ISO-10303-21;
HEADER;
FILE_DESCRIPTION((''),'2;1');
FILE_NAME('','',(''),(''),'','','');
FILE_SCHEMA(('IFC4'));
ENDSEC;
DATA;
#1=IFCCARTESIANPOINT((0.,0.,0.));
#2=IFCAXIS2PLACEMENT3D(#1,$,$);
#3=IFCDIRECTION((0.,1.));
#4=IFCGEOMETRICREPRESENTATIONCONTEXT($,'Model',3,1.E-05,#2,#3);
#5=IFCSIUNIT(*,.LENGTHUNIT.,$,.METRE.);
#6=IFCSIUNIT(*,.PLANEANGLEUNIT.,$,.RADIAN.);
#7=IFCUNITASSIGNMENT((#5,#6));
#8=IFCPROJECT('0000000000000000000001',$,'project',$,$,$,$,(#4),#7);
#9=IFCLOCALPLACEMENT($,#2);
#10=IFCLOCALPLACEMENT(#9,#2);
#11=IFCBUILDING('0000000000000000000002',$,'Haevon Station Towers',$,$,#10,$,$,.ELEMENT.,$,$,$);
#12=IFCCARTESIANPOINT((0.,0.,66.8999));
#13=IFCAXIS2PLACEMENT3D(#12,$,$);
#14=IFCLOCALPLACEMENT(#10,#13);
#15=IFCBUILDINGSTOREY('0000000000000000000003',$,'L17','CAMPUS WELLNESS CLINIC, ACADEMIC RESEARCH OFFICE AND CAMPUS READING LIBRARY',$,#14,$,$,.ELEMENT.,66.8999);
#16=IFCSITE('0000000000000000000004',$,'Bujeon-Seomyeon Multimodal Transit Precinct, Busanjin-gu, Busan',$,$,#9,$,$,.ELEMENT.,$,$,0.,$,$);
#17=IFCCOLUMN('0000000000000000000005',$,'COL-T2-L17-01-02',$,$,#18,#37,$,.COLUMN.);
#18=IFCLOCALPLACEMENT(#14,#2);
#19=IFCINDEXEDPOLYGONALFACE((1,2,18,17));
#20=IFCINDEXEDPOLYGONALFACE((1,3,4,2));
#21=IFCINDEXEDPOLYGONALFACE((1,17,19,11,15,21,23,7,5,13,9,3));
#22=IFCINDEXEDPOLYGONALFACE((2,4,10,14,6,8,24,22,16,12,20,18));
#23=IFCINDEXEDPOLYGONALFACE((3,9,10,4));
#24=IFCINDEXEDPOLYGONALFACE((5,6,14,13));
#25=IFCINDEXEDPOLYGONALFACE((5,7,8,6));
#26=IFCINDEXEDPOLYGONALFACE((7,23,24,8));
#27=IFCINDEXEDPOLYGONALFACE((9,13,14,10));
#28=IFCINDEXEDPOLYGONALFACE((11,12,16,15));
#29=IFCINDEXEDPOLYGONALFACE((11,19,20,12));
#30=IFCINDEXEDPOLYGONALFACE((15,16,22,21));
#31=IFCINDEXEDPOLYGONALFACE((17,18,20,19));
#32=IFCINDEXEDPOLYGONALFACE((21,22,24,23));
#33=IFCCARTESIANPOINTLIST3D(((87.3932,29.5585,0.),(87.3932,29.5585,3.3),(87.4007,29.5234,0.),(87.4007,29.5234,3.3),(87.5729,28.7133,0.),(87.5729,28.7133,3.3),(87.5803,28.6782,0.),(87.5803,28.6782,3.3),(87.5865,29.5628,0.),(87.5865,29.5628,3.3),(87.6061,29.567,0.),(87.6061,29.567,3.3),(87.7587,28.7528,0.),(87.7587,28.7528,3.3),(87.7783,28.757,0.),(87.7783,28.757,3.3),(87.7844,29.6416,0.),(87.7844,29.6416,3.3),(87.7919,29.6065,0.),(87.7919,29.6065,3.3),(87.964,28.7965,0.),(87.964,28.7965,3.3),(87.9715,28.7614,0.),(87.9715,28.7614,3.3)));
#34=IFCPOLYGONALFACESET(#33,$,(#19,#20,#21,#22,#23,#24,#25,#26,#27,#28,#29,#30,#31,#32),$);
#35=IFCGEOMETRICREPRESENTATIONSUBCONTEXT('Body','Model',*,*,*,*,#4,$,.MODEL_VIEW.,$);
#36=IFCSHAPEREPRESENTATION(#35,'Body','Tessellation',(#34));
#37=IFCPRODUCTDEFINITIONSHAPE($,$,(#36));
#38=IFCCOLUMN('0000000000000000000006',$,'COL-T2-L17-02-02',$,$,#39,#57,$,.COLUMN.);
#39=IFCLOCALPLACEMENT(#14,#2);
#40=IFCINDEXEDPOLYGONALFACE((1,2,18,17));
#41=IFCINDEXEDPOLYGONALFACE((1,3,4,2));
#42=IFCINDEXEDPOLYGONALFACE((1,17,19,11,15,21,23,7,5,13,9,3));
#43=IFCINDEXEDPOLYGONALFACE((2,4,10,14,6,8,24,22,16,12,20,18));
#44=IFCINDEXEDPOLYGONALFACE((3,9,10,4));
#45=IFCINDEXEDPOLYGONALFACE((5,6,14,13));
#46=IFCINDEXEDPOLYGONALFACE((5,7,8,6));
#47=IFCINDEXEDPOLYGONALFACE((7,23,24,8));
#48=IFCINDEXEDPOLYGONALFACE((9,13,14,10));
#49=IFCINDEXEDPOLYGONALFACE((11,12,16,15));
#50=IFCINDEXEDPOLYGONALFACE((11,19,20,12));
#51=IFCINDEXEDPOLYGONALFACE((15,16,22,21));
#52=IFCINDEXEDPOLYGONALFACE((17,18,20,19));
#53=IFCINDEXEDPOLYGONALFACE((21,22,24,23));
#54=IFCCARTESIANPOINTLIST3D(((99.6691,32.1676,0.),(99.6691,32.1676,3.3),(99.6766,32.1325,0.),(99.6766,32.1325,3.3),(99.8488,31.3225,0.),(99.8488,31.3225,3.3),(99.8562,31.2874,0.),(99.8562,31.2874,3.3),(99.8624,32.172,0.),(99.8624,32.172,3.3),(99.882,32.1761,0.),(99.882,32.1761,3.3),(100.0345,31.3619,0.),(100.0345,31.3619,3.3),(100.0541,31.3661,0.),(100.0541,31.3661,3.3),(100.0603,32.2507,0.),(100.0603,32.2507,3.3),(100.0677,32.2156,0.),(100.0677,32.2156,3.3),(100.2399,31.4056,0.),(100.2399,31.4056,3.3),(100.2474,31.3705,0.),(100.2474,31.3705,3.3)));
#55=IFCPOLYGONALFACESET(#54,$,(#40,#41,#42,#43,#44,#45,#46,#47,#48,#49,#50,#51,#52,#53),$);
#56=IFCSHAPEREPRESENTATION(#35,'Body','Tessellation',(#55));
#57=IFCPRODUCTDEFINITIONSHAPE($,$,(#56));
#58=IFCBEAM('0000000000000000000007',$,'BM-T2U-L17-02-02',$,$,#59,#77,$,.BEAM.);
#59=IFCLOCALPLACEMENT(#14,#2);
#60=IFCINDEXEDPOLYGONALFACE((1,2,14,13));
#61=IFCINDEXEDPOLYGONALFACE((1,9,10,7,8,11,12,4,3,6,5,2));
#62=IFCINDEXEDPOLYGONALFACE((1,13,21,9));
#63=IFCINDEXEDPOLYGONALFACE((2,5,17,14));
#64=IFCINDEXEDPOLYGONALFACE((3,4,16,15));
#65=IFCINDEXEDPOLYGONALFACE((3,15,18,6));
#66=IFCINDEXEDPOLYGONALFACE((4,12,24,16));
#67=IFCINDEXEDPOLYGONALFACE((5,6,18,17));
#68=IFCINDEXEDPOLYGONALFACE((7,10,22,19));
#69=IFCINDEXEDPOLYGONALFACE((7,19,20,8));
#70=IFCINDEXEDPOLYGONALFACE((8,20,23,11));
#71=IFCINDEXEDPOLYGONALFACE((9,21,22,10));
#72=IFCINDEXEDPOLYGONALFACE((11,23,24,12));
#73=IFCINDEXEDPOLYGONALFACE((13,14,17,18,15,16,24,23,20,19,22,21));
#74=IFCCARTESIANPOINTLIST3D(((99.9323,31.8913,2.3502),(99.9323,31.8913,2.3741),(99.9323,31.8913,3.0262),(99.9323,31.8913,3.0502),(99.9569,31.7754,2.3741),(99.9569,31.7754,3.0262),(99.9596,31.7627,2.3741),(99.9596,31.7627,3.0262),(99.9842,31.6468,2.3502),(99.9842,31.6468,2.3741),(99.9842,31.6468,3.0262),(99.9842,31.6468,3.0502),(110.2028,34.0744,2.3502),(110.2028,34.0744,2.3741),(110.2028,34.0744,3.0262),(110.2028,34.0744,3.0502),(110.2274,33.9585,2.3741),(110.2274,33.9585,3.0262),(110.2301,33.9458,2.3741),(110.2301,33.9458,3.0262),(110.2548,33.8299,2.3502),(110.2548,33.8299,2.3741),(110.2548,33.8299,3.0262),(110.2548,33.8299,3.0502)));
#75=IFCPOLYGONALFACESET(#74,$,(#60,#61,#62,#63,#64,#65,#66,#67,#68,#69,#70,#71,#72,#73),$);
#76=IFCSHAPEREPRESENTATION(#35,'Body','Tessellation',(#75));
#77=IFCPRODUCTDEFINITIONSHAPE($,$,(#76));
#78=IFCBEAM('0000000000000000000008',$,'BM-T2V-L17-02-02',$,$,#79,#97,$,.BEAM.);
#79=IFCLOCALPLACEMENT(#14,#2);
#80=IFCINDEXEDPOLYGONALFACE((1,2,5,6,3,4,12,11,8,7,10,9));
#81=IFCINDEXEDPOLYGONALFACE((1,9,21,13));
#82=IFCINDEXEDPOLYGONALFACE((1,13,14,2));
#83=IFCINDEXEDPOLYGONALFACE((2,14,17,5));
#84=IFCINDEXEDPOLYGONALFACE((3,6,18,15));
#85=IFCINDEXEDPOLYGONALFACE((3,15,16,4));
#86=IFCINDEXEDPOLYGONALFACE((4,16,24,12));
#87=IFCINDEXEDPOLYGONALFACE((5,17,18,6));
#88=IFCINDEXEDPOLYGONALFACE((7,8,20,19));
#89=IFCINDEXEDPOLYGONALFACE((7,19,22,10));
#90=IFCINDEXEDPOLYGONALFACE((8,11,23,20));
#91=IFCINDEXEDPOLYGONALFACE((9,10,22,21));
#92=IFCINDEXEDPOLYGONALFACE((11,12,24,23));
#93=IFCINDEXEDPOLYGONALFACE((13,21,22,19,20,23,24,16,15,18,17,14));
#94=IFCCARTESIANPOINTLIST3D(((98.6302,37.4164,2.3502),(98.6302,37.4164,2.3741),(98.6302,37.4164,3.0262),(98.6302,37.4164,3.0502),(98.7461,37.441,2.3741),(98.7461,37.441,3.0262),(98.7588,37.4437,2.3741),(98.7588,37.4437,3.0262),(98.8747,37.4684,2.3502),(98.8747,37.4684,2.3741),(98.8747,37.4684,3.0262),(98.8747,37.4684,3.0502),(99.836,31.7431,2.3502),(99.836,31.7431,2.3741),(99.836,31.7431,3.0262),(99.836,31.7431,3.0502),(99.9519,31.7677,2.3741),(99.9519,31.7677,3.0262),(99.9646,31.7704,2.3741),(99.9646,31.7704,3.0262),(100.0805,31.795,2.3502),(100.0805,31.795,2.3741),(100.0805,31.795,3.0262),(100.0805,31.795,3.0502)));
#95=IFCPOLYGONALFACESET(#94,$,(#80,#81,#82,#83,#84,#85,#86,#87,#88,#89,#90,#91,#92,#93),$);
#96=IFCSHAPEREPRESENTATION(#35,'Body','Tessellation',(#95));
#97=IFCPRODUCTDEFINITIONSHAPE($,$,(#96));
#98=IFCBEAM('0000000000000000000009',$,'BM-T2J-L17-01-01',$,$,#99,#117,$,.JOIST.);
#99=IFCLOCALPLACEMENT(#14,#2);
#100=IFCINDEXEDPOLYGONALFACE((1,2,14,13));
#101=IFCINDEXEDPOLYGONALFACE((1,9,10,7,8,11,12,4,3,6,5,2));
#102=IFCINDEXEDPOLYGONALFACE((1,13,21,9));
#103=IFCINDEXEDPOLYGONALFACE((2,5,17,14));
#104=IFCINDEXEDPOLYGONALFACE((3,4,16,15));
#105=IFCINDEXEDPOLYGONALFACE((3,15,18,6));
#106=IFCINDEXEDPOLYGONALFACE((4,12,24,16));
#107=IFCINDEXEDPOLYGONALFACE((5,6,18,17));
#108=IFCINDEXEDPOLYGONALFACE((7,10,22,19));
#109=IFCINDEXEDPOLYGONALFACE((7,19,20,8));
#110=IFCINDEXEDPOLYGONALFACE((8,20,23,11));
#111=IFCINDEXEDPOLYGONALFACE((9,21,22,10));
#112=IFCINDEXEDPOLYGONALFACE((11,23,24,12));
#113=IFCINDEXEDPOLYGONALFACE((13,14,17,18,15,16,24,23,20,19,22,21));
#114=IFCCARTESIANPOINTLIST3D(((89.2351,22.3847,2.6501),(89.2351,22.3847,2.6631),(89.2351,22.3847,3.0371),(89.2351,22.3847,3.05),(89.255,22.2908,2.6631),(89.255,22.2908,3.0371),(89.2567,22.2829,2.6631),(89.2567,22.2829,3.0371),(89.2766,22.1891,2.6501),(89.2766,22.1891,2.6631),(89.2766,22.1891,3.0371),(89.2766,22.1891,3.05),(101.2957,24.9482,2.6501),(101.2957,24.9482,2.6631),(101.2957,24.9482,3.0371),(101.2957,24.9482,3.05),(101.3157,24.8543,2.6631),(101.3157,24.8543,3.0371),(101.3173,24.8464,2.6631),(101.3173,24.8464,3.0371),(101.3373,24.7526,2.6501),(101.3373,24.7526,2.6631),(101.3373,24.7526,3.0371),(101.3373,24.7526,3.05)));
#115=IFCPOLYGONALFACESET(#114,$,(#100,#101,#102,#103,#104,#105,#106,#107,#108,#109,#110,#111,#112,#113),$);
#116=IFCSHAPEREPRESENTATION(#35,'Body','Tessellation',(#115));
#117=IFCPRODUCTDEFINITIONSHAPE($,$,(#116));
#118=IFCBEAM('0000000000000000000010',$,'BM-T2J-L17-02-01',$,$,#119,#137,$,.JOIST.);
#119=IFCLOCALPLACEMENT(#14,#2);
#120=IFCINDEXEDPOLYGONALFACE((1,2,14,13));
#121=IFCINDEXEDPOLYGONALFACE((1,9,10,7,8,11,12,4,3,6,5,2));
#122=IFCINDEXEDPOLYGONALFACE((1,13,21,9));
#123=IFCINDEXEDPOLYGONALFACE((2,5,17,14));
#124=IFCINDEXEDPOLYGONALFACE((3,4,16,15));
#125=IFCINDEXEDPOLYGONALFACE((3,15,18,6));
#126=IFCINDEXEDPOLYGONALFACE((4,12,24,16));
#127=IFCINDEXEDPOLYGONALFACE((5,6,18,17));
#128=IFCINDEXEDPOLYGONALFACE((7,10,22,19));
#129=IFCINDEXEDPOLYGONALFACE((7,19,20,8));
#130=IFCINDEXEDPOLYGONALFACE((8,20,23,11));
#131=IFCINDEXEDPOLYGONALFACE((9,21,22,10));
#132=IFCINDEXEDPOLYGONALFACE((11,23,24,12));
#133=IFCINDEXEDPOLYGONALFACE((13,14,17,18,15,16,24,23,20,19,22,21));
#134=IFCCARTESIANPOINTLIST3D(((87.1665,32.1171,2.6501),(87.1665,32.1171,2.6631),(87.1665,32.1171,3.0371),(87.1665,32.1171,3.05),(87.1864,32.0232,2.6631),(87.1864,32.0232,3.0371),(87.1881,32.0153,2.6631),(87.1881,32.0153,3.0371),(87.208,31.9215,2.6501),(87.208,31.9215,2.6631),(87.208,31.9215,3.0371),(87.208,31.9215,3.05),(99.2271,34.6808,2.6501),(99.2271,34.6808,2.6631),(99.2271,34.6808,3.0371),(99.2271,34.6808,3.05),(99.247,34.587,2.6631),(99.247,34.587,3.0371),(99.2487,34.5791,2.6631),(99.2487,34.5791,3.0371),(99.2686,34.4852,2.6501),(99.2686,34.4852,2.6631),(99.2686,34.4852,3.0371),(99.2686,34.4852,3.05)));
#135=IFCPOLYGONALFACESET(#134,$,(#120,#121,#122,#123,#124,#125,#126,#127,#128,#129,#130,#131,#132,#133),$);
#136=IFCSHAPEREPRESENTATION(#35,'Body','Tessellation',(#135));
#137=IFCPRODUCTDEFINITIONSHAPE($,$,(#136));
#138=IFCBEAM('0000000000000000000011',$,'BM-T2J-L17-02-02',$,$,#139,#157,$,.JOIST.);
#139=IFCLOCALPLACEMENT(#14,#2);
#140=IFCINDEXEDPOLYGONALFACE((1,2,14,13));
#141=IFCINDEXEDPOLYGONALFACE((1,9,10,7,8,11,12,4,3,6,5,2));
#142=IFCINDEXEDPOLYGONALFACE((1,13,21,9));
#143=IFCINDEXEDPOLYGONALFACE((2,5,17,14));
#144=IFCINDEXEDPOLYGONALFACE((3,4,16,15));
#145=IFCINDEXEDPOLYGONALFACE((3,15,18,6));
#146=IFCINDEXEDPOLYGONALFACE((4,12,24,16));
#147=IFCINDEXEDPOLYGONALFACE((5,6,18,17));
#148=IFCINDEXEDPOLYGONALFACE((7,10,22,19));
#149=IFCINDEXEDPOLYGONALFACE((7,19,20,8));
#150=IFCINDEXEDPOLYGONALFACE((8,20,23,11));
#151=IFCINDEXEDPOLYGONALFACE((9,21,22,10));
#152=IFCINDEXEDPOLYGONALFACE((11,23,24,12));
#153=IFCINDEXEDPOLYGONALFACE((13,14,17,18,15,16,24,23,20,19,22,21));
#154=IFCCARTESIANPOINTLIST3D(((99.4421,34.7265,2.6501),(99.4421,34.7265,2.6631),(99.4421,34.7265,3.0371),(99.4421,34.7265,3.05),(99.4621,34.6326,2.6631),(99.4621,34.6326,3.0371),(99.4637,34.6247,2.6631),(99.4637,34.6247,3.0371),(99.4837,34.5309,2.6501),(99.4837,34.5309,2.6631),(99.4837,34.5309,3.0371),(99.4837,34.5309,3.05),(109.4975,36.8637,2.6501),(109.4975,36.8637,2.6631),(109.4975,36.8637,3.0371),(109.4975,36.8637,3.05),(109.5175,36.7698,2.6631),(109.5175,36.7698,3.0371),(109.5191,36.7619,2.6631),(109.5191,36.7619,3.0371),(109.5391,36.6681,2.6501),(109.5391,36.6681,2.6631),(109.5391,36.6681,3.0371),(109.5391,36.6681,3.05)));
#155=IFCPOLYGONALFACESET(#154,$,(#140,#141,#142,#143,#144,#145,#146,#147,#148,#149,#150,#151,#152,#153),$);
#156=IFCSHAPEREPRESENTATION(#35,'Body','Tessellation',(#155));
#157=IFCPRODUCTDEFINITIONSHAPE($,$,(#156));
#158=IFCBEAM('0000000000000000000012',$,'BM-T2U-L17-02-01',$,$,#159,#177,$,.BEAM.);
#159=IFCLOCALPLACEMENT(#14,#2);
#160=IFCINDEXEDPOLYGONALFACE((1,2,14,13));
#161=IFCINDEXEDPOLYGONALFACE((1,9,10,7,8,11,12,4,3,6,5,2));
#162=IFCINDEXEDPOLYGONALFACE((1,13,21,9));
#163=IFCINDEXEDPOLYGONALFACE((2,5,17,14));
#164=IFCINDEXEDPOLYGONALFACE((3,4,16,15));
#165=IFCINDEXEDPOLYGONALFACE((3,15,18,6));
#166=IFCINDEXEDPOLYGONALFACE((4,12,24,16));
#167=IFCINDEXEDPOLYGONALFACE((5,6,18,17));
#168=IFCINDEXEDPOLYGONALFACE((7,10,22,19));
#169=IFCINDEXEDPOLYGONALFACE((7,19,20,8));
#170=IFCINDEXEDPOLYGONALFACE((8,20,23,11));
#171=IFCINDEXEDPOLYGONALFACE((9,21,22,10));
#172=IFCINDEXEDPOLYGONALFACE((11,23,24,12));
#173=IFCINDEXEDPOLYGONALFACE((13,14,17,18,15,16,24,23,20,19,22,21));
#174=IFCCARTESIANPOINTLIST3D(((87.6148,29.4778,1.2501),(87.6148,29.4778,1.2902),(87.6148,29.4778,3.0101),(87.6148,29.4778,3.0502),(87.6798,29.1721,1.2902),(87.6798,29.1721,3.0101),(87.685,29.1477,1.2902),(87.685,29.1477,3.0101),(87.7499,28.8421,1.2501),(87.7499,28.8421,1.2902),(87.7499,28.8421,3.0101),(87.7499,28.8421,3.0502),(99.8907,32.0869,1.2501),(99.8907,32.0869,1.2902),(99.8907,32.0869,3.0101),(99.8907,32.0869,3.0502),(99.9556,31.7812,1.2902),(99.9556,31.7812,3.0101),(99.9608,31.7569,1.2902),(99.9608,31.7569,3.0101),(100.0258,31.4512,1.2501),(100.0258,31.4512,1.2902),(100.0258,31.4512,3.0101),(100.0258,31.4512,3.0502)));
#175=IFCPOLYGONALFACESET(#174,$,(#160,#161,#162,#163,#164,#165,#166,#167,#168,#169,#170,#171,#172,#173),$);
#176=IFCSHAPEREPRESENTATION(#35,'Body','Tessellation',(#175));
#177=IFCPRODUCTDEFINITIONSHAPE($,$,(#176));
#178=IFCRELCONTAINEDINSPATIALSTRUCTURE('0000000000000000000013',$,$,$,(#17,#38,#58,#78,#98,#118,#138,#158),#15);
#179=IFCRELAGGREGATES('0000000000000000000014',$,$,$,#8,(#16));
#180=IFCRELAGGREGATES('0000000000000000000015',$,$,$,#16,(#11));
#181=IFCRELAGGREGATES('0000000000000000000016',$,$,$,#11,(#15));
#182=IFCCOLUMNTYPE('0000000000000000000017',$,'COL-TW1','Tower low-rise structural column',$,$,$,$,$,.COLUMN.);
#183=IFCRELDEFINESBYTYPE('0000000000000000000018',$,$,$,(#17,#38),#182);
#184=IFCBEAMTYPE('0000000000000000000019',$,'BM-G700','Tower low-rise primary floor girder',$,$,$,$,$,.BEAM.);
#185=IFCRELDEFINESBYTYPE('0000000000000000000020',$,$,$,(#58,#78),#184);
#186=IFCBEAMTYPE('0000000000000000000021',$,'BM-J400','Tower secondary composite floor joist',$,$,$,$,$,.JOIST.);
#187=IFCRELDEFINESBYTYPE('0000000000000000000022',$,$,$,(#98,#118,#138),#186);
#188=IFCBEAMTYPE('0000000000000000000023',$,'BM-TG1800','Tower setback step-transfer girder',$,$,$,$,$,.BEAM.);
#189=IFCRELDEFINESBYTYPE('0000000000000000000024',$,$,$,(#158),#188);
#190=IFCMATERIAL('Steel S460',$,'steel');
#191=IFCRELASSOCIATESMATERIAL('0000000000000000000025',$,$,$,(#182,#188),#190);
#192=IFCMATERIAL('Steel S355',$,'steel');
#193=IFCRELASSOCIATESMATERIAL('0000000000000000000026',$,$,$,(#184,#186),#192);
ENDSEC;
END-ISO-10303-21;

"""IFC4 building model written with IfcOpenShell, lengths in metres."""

from ifc_helpers import new_model, si_unit, direction, frame, origin, origin_2d, place, context, subcontext, project, spatial, i_section, extrude, material, material_profile, profile_set, type_object, element, save


model = new_model("IFC4")

# Units and contexts
model_context = context("Model", 3, precision=1e-05, world=origin(), true_north=direction((0.0, 1.0)))
body_context = subcontext(model_context, "Body", "Model", "MODEL_VIEW")
ifc_project = project(units=[si_unit("LENGTHUNIT", "METRE"), si_unit("PLANEANGLEUNIT", "RADIAN")], contexts=[model_context])

# Site, building, storey
site_placement = place(None, origin())
site = spatial("IfcSite", under=ifc_project, at=site_placement, Name="Bujeon-Seomyeon Multimodal Transit Precinct, Busanjin-gu, Busan", CompositionType="ELEMENT", RefElevation=0.0)
building_placement = place(site_placement, origin())
building = spatial("IfcBuilding", under=site, at=building_placement, Name="Haevon Station Towers", CompositionType="ELEMENT")
storey_placement = place(building_placement, frame((0.0, 0.0, 66.8999)))
storey = spatial("IfcBuildingStorey", under=building, at=storey_placement, Name="L17", Description="CAMPUS WELLNESS CLINIC, ACADEMIC RESEARCH OFFICE AND CAMPUS READING LIBRARY", CompositionType="ELEMENT", Elevation=66.8999)

# Columns
ifc_material_1 = material(Name="Steel S460", Category="steel")
ifc_material_profile_1 = material_profile(ifc_material_1, i_section(OverallWidth=0.3999, OverallDepth=0.8999, WebThickness=0.02, FlangeThickness=0.0359, at=origin_2d()), Name="H-900x400x20x36")
ifc_profile_set_1 = profile_set([ifc_material_profile_1], Name="Steel S460")
column_type = type_object("IfcColumnType", Name="COL-TW1", Description="Tower low-rise structural column", PredefinedType="COLUMN", material=ifc_profile_set_1)
for number, where, z_axis, x_axis, name in (
    (1, (87.6824, 29.1599, 0.0), (0.0, 0.0, 1.0), (0.978148, 0.207912, 0.0), "COL-T2-L17-01-02"),
    (2, (99.9583, 31.769, 0.0), (0.0, 0.0, 1.0), (0.978148, 0.207912, 0.0), "COL-T2-L17-02-02"),
):
    element("IfcColumn", number, at=place(storey_placement, frame(where, z_axis=z_axis, x_axis=x_axis)), inside=storey, type_object=column_type, Name=name, PredefinedType="COLUMN", context=body_context, shape_type="SweptSolid", body=[
        extrude(i_section(OverallWidth=0.3999, OverallDepth=0.8999, WebThickness=0.02, FlangeThickness=0.0359, at=origin_2d()), origin(), (0.0, 0.0, 1.0), 3.3),
    ])

# Beams
ifc_material_2 = material(Name="Steel S355", Category="steel")
ifc_material_profile_2 = material_profile(ifc_material_2, i_section(OverallWidth=0.25, OverallDepth=0.7, WebThickness=0.0129, FlangeThickness=0.0239, at=origin_2d()), Name="H-700x250x13x24")
ifc_profile_set_2 = profile_set([ifc_material_profile_2], Name="Steel S355")
beam_type_1 = type_object("IfcBeamType", Name="BM-G700", Description="Tower low-rise primary floor girder", PredefinedType="BEAM", material=ifc_profile_set_2)
beam_1_placement = place(storey_placement, frame((99.9583, 31.769, 2.7002), z_axis=(0.978147, 0.207915, 0.0), x_axis=(-0.207915, 0.978147, 0.0)))
element("IfcBeam", 3, at=beam_1_placement, inside=storey, type_object=beam_type_1, Name="BM-T2U-L17-02-02", PredefinedType="BEAM", context=body_context, shape_type="SweptSolid", body=[
    extrude(i_section(OverallWidth=0.25, OverallDepth=0.7, WebThickness=0.0129, FlangeThickness=0.0239, at=origin_2d()), origin(), (0.0, 0.0, 1.0), 10.5),
])
beam_2_placement = place(storey_placement, frame((99.9583, 31.769, 2.7002), z_axis=(-0.207896, 0.978151, 0.0), x_axis=(-0.978151, -0.207896, 0.0)))
element("IfcBeam", 4, at=beam_2_placement, inside=storey, type_object=beam_type_1, Name="BM-T2V-L17-02-02", PredefinedType="BEAM", context=body_context, shape_type="SweptSolid", body=[
    extrude(i_section(OverallWidth=0.25, OverallDepth=0.7, WebThickness=0.0129, FlangeThickness=0.0239, at=origin_2d()), origin(), (0.0, 0.0, 1.0), 5.8),
])
ifc_material_profile_3 = material_profile(ifc_material_2, i_section(OverallWidth=0.2, OverallDepth=0.3999, WebThickness=0.0081, FlangeThickness=0.0129, at=origin_2d()), Name="H-400x200x8x13")
ifc_profile_set_3 = profile_set([ifc_material_profile_3], Name="Steel S355")
beam_type_2 = type_object("IfcBeamType", Name="BM-J400", Description="Tower secondary composite floor joist", PredefinedType="JOIST", material=ifc_profile_set_3)
for number, where, z_axis, x_axis, name in (
    (5, (89.2559, 22.2869, 2.8501), (0.978149, 0.207906, 0.0), (-0.207906, 0.978149, 0.0), "BM-T2J-L17-01-01"),
    (6, (87.1873, 32.0193, 2.8501), (0.978145, 0.207925, 0.0), (-0.207925, 0.978145, 0.0), "BM-T2J-L17-02-01"),
):
    element("IfcBeam", number, at=place(storey_placement, frame(where, z_axis=z_axis, x_axis=x_axis)), inside=storey, type_object=beam_type_2, Name=name, PredefinedType="JOIST", context=body_context, shape_type="SweptSolid", body=[
        extrude(i_section(OverallWidth=0.2, OverallDepth=0.3999, WebThickness=0.0081, FlangeThickness=0.0129, at=origin_2d()), origin(), (0.0, 0.0, 1.0), 12.3301),
    ])
beam_3_placement = place(storey_placement, frame((99.4629, 34.6287, 2.8501), z_axis=(0.97815, 0.207899, 0.0), x_axis=(-0.207899, 0.97815, 0.0)))
element("IfcBeam", 7, at=beam_3_placement, inside=storey, type_object=beam_type_2, Name="BM-T2J-L17-02-02", PredefinedType="JOIST", context=body_context, shape_type="SweptSolid", body=[
    extrude(i_section(OverallWidth=0.2, OverallDepth=0.3999, WebThickness=0.0081, FlangeThickness=0.0129, at=origin_2d()), origin(), (0.0, 0.0, 1.0), 10.28),
])
ifc_material_profile_4 = material_profile(ifc_material_1, i_section(OverallWidth=0.6499, OverallDepth=1.8, WebThickness=0.0249, FlangeThickness=0.04, at=origin_2d()), Name="H-1800x650x25x40")
ifc_profile_set_4 = profile_set([ifc_material_profile_4], Name="Steel S460")
beam_type_3 = type_object("IfcBeamType", Name="BM-TG1800", Description="Tower setback step-transfer girder", PredefinedType="BEAM", material=ifc_profile_set_4)
beam_4_placement = place(storey_placement, frame((87.6824, 29.1599, 2.1501), z_axis=(0.978151, 0.207897, 0.0), x_axis=(-0.207897, 0.978151, 0.0)))
element("IfcBeam", 8, at=beam_4_placement, inside=storey, type_object=beam_type_3, Name="BM-T2U-L17-02-01", PredefinedType="BEAM", context=body_context, shape_type="SweptSolid", body=[
    extrude(i_section(OverallWidth=0.6499, OverallDepth=1.8, WebThickness=0.0249, FlangeThickness=0.04, at=origin_2d()), origin(), (0.0, 0.0, 1.0), 12.55),
])

save(model, "model.ifc")
